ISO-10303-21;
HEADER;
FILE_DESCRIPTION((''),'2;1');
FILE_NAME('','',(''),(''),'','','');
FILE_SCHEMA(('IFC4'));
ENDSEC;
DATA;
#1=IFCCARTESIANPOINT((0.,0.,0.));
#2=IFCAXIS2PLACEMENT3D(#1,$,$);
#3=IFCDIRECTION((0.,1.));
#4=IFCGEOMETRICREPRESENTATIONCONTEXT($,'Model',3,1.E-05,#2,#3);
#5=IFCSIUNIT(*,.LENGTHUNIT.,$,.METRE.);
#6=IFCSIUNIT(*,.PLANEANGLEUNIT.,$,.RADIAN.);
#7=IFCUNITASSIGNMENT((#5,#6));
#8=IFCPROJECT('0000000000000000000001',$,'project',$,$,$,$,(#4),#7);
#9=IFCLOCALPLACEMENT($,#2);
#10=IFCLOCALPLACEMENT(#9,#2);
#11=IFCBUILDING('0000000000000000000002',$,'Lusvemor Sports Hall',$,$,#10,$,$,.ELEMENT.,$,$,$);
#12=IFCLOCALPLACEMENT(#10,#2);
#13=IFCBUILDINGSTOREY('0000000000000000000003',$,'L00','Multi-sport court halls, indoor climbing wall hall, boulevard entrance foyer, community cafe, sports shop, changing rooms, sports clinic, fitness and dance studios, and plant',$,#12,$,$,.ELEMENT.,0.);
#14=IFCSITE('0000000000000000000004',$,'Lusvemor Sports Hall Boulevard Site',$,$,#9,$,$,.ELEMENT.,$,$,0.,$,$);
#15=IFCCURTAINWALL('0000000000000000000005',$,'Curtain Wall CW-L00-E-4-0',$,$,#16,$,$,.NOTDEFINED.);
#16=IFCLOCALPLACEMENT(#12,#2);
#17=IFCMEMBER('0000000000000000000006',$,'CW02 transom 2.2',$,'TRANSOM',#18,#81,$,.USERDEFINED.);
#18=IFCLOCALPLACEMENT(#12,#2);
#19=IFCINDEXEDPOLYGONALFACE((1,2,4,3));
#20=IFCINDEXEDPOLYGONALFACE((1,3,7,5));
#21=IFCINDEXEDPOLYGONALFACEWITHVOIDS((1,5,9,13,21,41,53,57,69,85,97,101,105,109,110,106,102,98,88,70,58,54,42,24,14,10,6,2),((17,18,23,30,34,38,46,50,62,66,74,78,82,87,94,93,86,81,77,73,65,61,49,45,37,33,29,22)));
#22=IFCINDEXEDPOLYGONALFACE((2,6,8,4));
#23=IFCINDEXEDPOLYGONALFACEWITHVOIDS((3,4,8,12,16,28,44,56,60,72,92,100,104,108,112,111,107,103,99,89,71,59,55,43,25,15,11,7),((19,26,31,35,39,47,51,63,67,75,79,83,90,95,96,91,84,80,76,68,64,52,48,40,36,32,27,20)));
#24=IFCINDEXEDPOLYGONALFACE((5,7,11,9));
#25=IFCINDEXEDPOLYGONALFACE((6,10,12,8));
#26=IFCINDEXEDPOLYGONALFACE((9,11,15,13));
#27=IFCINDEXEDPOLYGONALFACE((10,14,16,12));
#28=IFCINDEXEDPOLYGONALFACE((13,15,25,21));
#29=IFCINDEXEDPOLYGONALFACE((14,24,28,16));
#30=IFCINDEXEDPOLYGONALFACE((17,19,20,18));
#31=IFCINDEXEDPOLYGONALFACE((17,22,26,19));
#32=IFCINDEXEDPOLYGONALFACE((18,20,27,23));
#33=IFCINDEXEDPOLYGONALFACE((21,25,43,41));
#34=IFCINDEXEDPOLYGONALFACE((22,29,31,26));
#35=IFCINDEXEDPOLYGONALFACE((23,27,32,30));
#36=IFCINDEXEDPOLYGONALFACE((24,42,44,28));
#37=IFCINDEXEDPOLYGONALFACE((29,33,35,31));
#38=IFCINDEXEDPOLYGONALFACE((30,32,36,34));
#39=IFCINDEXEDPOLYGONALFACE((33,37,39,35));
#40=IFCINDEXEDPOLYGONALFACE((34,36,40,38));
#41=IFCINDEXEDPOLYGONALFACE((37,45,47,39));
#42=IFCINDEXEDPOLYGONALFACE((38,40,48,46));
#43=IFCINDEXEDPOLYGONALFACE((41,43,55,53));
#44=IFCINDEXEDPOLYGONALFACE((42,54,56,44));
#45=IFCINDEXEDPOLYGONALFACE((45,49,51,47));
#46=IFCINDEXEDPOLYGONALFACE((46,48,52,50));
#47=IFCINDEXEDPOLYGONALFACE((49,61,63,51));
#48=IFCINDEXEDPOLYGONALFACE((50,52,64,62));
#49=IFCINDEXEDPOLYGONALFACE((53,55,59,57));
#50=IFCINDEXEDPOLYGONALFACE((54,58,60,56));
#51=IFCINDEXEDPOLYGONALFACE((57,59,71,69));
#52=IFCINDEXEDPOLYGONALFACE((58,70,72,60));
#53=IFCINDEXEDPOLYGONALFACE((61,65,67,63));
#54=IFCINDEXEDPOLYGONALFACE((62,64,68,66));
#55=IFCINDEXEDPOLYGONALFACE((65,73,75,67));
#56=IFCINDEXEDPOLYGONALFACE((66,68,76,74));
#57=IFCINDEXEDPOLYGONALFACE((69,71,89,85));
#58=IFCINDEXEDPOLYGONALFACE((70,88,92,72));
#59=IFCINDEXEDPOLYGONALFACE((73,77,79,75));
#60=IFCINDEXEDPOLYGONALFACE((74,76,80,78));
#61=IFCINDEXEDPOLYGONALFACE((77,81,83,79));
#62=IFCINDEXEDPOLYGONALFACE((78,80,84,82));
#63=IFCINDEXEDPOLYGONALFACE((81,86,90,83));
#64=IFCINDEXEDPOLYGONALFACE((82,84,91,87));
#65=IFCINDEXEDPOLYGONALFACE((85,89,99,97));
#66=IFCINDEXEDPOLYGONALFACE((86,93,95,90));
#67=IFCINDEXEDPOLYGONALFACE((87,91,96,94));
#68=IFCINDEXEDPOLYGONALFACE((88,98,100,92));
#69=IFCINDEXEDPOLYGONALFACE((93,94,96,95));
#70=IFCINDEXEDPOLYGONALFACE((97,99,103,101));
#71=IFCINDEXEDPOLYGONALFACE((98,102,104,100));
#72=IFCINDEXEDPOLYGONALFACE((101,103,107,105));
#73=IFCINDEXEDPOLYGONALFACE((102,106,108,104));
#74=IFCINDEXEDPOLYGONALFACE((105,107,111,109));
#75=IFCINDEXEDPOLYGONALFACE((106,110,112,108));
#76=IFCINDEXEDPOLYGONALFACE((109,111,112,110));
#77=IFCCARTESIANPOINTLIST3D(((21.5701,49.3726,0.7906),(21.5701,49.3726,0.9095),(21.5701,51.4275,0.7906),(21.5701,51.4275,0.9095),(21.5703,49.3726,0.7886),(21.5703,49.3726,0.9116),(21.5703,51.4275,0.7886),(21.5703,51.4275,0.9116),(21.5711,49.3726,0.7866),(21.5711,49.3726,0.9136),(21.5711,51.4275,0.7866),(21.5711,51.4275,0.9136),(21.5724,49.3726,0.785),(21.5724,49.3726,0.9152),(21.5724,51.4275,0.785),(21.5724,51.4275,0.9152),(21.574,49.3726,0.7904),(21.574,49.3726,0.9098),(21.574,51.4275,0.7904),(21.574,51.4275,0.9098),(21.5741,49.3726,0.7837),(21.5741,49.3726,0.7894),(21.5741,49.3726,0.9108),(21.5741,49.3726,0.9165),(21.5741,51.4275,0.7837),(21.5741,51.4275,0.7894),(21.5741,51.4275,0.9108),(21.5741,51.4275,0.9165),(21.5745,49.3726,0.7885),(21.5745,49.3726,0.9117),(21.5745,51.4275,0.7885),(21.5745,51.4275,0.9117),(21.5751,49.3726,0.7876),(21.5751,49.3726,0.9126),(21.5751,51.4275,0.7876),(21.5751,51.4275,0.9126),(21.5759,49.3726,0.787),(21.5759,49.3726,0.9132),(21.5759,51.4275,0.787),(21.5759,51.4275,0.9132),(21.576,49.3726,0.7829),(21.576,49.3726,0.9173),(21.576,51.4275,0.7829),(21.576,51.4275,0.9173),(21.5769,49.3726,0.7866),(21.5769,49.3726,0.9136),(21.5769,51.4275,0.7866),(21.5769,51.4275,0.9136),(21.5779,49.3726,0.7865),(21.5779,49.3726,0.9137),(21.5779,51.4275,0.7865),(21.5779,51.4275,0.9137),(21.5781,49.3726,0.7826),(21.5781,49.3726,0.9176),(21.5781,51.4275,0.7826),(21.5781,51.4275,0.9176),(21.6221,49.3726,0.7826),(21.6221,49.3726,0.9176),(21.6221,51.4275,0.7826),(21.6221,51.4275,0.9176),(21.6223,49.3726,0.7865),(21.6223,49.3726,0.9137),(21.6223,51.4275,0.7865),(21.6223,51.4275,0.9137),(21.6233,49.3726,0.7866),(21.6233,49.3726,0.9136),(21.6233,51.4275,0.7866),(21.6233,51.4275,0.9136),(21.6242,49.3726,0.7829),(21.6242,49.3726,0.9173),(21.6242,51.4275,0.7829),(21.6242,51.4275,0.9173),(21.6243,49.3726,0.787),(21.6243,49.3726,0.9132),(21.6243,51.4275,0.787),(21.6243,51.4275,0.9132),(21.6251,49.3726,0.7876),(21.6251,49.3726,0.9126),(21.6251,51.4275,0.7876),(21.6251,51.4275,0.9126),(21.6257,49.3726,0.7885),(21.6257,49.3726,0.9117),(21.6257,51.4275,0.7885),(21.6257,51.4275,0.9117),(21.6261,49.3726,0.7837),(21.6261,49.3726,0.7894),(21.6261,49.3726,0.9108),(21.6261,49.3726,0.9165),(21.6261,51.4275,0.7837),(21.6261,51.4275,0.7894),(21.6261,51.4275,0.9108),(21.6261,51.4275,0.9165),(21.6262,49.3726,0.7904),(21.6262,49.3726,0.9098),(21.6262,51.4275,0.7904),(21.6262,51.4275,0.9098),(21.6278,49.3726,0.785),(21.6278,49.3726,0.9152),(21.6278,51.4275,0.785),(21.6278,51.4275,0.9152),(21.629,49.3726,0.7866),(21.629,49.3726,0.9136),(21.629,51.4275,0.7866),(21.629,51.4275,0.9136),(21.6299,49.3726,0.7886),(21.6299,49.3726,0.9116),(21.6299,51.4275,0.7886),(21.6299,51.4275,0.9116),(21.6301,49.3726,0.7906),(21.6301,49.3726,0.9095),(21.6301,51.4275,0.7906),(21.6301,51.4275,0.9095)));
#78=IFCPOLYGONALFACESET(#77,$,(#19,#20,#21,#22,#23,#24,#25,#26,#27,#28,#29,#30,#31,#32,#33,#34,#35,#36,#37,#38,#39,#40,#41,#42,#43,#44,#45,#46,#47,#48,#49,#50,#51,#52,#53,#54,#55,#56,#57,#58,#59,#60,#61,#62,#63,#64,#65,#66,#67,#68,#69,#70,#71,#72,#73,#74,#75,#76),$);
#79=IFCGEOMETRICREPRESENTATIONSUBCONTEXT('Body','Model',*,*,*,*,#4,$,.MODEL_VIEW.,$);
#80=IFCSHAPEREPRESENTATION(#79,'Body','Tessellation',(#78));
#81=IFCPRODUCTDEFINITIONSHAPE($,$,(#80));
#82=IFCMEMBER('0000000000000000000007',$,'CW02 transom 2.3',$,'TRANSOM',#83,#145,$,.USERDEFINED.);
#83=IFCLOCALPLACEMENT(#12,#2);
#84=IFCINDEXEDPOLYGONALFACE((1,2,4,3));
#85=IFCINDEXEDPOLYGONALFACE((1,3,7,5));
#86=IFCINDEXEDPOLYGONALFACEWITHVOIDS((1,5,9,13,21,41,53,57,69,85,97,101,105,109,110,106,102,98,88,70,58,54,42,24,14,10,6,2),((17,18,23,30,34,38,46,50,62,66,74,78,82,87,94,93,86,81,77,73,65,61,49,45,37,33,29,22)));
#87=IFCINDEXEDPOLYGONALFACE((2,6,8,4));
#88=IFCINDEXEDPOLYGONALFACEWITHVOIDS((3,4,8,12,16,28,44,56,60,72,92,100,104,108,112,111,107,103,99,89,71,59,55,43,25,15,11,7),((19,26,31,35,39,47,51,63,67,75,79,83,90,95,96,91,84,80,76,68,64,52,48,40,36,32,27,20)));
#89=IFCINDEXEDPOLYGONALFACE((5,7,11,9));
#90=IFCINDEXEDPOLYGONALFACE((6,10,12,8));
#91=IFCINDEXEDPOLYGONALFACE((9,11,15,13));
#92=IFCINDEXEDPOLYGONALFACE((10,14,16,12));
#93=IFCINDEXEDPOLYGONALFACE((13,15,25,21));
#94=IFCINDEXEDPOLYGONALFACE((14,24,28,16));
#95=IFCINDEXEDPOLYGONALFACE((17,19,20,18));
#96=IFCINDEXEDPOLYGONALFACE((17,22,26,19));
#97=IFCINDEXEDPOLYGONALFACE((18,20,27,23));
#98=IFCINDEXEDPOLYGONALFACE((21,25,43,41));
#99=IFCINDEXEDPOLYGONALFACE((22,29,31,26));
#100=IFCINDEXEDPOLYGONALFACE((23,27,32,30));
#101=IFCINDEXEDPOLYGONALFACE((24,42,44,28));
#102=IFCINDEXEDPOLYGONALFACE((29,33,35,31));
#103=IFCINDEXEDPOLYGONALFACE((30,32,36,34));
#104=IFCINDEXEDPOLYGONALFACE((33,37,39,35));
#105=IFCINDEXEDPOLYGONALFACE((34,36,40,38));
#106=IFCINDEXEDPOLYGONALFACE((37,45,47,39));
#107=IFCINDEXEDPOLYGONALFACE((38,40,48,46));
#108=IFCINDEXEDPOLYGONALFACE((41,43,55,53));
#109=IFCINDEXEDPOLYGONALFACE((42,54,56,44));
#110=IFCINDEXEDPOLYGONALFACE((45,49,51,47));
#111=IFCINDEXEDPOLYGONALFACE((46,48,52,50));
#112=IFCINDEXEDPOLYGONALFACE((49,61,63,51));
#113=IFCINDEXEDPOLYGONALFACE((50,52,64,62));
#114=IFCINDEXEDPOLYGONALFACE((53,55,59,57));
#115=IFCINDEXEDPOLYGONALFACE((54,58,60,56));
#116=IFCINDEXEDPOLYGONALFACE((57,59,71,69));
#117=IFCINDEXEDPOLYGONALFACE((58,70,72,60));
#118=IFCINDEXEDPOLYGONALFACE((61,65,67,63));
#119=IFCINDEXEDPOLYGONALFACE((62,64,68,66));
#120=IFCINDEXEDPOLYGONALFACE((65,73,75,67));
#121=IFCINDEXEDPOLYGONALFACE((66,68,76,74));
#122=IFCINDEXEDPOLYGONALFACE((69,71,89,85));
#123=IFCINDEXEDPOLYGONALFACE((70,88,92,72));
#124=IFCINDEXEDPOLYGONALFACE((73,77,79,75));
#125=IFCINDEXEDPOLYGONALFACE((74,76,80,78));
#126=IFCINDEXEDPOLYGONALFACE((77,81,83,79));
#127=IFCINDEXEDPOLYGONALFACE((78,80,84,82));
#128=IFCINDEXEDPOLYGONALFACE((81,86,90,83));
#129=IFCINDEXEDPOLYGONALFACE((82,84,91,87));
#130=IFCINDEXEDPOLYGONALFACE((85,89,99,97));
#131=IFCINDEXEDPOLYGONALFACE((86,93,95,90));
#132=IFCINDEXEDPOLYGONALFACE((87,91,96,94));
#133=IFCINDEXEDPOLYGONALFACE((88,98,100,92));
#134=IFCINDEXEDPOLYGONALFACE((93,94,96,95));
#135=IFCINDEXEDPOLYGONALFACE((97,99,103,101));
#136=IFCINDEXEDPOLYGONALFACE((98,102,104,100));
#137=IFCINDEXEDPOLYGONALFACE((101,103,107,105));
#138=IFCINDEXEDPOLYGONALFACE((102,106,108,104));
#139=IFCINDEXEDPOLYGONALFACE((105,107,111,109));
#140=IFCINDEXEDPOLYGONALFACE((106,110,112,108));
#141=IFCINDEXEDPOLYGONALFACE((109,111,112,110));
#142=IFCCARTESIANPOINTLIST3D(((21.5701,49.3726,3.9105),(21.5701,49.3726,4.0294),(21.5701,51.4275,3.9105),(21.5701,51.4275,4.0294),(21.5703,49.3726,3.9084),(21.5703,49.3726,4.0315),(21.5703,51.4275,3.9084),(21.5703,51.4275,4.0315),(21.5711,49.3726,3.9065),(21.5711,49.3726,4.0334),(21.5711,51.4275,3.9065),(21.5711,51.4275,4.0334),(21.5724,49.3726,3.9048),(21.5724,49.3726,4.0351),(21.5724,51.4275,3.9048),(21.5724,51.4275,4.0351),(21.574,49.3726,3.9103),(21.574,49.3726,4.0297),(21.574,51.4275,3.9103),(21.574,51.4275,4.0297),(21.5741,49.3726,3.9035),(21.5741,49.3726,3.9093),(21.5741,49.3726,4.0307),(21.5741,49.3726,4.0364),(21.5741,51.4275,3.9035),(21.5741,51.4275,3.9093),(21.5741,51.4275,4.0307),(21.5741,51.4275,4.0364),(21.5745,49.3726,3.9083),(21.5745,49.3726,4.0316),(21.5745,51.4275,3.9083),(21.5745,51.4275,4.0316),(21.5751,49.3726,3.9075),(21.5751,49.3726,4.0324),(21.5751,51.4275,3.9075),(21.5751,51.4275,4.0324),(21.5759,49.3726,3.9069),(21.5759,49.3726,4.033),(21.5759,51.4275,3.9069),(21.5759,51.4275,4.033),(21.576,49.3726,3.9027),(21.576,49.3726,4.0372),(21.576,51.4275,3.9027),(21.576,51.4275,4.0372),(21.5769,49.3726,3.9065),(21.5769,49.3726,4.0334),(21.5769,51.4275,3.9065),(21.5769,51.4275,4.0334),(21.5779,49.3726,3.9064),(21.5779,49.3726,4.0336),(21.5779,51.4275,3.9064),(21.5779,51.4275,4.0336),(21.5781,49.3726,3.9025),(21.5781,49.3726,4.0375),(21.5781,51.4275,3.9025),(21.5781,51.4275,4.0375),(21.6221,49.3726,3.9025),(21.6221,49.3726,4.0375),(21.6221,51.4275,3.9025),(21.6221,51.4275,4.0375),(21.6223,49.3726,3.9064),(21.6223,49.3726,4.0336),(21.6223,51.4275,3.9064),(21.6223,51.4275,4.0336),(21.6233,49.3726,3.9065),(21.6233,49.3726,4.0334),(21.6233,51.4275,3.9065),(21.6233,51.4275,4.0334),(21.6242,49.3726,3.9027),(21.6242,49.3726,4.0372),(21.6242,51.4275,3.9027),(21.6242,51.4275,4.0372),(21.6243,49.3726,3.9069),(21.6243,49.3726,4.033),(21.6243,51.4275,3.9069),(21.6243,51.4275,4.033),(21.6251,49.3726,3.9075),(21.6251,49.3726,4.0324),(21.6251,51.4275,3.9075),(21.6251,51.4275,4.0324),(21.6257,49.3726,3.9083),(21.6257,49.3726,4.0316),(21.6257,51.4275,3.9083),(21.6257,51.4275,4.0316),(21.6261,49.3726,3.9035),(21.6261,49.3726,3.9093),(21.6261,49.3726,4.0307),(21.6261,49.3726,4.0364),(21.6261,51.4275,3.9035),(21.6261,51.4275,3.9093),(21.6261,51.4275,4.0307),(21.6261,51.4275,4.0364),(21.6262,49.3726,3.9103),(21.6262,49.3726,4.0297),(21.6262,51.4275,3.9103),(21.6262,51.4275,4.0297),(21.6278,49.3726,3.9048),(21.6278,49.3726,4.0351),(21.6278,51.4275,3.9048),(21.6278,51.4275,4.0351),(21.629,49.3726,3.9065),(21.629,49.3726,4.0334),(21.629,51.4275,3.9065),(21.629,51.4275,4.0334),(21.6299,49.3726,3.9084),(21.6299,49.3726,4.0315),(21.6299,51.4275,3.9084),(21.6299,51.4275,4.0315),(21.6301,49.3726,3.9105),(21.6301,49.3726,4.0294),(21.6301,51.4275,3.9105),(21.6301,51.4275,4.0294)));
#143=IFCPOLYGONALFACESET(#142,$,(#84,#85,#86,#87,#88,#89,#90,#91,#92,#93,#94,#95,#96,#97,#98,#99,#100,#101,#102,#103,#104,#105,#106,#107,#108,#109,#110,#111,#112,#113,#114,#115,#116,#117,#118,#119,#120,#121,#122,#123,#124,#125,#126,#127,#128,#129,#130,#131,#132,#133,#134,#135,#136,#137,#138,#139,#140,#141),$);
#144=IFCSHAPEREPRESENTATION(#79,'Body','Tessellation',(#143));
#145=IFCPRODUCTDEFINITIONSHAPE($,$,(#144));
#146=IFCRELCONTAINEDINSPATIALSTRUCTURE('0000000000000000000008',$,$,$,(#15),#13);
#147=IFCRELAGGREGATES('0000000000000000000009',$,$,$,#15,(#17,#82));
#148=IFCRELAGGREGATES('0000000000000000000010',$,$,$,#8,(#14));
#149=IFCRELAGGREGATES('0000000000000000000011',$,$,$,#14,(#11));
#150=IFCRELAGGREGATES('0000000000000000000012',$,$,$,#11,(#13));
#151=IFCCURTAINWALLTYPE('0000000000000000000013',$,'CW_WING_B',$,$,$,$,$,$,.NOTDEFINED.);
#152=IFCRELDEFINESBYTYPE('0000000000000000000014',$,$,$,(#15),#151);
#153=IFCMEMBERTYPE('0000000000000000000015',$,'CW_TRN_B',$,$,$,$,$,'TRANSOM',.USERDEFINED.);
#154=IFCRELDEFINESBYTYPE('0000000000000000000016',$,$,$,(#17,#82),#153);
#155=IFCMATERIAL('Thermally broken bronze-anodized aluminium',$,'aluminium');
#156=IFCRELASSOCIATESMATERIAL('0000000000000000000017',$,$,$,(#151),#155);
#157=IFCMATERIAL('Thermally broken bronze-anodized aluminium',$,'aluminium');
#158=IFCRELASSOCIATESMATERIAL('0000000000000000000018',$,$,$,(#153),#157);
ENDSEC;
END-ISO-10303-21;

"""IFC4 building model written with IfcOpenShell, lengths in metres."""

from ifc_helpers import new_model, si_unit, direction, frame, origin, origin_2d, place, context, subcontext, project, spatial, hollow_rectangle, extrude, material, material_profile, profile_set, type_object, element, aggregate, save


model = new_model("IFC4")

# Units and contexts
model_context = context("Model", 3, precision=1e-05, world=origin(), true_north=direction((0.0, 1.0)))
body_context = subcontext(model_context, "Body", "Model", "MODEL_VIEW")
ifc_project = project(units=[si_unit("LENGTHUNIT", "METRE"), si_unit("PLANEANGLEUNIT", "RADIAN")], contexts=[model_context])

# Site, building, storey
site_placement = place(None, origin())
site = spatial("IfcSite", under=ifc_project, at=site_placement, Name="Lusvemor Sports Hall Boulevard Site", CompositionType="ELEMENT", RefElevation=0.0)
building_placement = place(site_placement, origin())
building = spatial("IfcBuilding", under=site, at=building_placement, Name="Lusvemor Sports Hall", CompositionType="ELEMENT")
storey_placement = place(building_placement, origin())
storey = spatial("IfcBuildingStorey", under=building, at=storey_placement, Name="L00", Description="Multi-sport court halls, indoor climbing wall hall, boulevard entrance foyer, community cafe, sports shop, changing rooms, sports clinic, fitness and dance studios, and plant", CompositionType="ELEMENT", Elevation=0.0)

# Curtain wall, members
ifc_material_1 = material(Name="Thermally broken bronze-anodized aluminium", Category="aluminium")
curtain_wall_type = type_object("IfcCurtainWallType", Name="CW_WING_B", PredefinedType="NOTDEFINED", material=ifc_material_1)
curtain_wall_placement = place(storey_placement, origin())
curtain_wall = element("IfcCurtainWall", 1, at=curtain_wall_placement, inside=storey, type_object=curtain_wall_type, Name="Curtain Wall CW-L00-E-4-0", PredefinedType="NOTDEFINED")
ifc_material_2 = material(Name="Thermally broken bronze-anodized aluminium", Category="aluminium")
ifc_material_profile_1 = material_profile(ifc_material_2, hollow_rectangle(XDim=0.0601, YDim=0.135, WallThickness=0.0039, InnerFilletRadius=0.0039, OuterFilletRadius=0.0081, at=origin_2d()), Name="CWTRN135x60x4")
ifc_profile_set_1 = profile_set([ifc_material_profile_1], Name="Thermally broken bronze-anodized aluminium")
member_type_1 = type_object("IfcMemberType", Name="CW_TRN_B", ElementType="TRANSOM", PredefinedType="USERDEFINED", material=ifc_profile_set_1)
member_1_placement = place(storey_placement, frame((21.6001, 51.4275, 0.8501), z_axis=(0.0, -1.0, 0.0), x_axis=(1.0, 0.0, 0.0)))
member_1 = element("IfcMember", 2, at=member_1_placement, type_object=member_type_1, Name="CW02 transom 2.2", ObjectType="TRANSOM", PredefinedType="USERDEFINED", context=body_context, shape_type="SweptSolid", body=[
    extrude(hollow_rectangle(XDim=0.0601, YDim=0.135, WallThickness=0.0039, InnerFilletRadius=0.0039, OuterFilletRadius=0.0081, at=origin_2d()), origin(), (0.0, 0.0, 1.0), 2.0549),
])
member_2_placement = place(storey_placement, frame((21.6001, 51.4275, 3.97), z_axis=(0.0, -1.0, 0.0), x_axis=(1.0, 0.0, 0.0)))
member_2 = element("IfcMember", 3, at=member_2_placement, type_object=member_type_1, Name="CW02 transom 2.3", ObjectType="TRANSOM", PredefinedType="USERDEFINED", context=body_context, shape_type="SweptSolid", body=[
    extrude(hollow_rectangle(XDim=0.0601, YDim=0.135, WallThickness=0.0039, InnerFilletRadius=0.0039, OuterFilletRadius=0.0081, at=origin_2d()), origin(), (0.0, 0.0, 1.0), 2.0549),
])
aggregate(curtain_wall, [member_1, member_2])

save(model, "model.ifc")
